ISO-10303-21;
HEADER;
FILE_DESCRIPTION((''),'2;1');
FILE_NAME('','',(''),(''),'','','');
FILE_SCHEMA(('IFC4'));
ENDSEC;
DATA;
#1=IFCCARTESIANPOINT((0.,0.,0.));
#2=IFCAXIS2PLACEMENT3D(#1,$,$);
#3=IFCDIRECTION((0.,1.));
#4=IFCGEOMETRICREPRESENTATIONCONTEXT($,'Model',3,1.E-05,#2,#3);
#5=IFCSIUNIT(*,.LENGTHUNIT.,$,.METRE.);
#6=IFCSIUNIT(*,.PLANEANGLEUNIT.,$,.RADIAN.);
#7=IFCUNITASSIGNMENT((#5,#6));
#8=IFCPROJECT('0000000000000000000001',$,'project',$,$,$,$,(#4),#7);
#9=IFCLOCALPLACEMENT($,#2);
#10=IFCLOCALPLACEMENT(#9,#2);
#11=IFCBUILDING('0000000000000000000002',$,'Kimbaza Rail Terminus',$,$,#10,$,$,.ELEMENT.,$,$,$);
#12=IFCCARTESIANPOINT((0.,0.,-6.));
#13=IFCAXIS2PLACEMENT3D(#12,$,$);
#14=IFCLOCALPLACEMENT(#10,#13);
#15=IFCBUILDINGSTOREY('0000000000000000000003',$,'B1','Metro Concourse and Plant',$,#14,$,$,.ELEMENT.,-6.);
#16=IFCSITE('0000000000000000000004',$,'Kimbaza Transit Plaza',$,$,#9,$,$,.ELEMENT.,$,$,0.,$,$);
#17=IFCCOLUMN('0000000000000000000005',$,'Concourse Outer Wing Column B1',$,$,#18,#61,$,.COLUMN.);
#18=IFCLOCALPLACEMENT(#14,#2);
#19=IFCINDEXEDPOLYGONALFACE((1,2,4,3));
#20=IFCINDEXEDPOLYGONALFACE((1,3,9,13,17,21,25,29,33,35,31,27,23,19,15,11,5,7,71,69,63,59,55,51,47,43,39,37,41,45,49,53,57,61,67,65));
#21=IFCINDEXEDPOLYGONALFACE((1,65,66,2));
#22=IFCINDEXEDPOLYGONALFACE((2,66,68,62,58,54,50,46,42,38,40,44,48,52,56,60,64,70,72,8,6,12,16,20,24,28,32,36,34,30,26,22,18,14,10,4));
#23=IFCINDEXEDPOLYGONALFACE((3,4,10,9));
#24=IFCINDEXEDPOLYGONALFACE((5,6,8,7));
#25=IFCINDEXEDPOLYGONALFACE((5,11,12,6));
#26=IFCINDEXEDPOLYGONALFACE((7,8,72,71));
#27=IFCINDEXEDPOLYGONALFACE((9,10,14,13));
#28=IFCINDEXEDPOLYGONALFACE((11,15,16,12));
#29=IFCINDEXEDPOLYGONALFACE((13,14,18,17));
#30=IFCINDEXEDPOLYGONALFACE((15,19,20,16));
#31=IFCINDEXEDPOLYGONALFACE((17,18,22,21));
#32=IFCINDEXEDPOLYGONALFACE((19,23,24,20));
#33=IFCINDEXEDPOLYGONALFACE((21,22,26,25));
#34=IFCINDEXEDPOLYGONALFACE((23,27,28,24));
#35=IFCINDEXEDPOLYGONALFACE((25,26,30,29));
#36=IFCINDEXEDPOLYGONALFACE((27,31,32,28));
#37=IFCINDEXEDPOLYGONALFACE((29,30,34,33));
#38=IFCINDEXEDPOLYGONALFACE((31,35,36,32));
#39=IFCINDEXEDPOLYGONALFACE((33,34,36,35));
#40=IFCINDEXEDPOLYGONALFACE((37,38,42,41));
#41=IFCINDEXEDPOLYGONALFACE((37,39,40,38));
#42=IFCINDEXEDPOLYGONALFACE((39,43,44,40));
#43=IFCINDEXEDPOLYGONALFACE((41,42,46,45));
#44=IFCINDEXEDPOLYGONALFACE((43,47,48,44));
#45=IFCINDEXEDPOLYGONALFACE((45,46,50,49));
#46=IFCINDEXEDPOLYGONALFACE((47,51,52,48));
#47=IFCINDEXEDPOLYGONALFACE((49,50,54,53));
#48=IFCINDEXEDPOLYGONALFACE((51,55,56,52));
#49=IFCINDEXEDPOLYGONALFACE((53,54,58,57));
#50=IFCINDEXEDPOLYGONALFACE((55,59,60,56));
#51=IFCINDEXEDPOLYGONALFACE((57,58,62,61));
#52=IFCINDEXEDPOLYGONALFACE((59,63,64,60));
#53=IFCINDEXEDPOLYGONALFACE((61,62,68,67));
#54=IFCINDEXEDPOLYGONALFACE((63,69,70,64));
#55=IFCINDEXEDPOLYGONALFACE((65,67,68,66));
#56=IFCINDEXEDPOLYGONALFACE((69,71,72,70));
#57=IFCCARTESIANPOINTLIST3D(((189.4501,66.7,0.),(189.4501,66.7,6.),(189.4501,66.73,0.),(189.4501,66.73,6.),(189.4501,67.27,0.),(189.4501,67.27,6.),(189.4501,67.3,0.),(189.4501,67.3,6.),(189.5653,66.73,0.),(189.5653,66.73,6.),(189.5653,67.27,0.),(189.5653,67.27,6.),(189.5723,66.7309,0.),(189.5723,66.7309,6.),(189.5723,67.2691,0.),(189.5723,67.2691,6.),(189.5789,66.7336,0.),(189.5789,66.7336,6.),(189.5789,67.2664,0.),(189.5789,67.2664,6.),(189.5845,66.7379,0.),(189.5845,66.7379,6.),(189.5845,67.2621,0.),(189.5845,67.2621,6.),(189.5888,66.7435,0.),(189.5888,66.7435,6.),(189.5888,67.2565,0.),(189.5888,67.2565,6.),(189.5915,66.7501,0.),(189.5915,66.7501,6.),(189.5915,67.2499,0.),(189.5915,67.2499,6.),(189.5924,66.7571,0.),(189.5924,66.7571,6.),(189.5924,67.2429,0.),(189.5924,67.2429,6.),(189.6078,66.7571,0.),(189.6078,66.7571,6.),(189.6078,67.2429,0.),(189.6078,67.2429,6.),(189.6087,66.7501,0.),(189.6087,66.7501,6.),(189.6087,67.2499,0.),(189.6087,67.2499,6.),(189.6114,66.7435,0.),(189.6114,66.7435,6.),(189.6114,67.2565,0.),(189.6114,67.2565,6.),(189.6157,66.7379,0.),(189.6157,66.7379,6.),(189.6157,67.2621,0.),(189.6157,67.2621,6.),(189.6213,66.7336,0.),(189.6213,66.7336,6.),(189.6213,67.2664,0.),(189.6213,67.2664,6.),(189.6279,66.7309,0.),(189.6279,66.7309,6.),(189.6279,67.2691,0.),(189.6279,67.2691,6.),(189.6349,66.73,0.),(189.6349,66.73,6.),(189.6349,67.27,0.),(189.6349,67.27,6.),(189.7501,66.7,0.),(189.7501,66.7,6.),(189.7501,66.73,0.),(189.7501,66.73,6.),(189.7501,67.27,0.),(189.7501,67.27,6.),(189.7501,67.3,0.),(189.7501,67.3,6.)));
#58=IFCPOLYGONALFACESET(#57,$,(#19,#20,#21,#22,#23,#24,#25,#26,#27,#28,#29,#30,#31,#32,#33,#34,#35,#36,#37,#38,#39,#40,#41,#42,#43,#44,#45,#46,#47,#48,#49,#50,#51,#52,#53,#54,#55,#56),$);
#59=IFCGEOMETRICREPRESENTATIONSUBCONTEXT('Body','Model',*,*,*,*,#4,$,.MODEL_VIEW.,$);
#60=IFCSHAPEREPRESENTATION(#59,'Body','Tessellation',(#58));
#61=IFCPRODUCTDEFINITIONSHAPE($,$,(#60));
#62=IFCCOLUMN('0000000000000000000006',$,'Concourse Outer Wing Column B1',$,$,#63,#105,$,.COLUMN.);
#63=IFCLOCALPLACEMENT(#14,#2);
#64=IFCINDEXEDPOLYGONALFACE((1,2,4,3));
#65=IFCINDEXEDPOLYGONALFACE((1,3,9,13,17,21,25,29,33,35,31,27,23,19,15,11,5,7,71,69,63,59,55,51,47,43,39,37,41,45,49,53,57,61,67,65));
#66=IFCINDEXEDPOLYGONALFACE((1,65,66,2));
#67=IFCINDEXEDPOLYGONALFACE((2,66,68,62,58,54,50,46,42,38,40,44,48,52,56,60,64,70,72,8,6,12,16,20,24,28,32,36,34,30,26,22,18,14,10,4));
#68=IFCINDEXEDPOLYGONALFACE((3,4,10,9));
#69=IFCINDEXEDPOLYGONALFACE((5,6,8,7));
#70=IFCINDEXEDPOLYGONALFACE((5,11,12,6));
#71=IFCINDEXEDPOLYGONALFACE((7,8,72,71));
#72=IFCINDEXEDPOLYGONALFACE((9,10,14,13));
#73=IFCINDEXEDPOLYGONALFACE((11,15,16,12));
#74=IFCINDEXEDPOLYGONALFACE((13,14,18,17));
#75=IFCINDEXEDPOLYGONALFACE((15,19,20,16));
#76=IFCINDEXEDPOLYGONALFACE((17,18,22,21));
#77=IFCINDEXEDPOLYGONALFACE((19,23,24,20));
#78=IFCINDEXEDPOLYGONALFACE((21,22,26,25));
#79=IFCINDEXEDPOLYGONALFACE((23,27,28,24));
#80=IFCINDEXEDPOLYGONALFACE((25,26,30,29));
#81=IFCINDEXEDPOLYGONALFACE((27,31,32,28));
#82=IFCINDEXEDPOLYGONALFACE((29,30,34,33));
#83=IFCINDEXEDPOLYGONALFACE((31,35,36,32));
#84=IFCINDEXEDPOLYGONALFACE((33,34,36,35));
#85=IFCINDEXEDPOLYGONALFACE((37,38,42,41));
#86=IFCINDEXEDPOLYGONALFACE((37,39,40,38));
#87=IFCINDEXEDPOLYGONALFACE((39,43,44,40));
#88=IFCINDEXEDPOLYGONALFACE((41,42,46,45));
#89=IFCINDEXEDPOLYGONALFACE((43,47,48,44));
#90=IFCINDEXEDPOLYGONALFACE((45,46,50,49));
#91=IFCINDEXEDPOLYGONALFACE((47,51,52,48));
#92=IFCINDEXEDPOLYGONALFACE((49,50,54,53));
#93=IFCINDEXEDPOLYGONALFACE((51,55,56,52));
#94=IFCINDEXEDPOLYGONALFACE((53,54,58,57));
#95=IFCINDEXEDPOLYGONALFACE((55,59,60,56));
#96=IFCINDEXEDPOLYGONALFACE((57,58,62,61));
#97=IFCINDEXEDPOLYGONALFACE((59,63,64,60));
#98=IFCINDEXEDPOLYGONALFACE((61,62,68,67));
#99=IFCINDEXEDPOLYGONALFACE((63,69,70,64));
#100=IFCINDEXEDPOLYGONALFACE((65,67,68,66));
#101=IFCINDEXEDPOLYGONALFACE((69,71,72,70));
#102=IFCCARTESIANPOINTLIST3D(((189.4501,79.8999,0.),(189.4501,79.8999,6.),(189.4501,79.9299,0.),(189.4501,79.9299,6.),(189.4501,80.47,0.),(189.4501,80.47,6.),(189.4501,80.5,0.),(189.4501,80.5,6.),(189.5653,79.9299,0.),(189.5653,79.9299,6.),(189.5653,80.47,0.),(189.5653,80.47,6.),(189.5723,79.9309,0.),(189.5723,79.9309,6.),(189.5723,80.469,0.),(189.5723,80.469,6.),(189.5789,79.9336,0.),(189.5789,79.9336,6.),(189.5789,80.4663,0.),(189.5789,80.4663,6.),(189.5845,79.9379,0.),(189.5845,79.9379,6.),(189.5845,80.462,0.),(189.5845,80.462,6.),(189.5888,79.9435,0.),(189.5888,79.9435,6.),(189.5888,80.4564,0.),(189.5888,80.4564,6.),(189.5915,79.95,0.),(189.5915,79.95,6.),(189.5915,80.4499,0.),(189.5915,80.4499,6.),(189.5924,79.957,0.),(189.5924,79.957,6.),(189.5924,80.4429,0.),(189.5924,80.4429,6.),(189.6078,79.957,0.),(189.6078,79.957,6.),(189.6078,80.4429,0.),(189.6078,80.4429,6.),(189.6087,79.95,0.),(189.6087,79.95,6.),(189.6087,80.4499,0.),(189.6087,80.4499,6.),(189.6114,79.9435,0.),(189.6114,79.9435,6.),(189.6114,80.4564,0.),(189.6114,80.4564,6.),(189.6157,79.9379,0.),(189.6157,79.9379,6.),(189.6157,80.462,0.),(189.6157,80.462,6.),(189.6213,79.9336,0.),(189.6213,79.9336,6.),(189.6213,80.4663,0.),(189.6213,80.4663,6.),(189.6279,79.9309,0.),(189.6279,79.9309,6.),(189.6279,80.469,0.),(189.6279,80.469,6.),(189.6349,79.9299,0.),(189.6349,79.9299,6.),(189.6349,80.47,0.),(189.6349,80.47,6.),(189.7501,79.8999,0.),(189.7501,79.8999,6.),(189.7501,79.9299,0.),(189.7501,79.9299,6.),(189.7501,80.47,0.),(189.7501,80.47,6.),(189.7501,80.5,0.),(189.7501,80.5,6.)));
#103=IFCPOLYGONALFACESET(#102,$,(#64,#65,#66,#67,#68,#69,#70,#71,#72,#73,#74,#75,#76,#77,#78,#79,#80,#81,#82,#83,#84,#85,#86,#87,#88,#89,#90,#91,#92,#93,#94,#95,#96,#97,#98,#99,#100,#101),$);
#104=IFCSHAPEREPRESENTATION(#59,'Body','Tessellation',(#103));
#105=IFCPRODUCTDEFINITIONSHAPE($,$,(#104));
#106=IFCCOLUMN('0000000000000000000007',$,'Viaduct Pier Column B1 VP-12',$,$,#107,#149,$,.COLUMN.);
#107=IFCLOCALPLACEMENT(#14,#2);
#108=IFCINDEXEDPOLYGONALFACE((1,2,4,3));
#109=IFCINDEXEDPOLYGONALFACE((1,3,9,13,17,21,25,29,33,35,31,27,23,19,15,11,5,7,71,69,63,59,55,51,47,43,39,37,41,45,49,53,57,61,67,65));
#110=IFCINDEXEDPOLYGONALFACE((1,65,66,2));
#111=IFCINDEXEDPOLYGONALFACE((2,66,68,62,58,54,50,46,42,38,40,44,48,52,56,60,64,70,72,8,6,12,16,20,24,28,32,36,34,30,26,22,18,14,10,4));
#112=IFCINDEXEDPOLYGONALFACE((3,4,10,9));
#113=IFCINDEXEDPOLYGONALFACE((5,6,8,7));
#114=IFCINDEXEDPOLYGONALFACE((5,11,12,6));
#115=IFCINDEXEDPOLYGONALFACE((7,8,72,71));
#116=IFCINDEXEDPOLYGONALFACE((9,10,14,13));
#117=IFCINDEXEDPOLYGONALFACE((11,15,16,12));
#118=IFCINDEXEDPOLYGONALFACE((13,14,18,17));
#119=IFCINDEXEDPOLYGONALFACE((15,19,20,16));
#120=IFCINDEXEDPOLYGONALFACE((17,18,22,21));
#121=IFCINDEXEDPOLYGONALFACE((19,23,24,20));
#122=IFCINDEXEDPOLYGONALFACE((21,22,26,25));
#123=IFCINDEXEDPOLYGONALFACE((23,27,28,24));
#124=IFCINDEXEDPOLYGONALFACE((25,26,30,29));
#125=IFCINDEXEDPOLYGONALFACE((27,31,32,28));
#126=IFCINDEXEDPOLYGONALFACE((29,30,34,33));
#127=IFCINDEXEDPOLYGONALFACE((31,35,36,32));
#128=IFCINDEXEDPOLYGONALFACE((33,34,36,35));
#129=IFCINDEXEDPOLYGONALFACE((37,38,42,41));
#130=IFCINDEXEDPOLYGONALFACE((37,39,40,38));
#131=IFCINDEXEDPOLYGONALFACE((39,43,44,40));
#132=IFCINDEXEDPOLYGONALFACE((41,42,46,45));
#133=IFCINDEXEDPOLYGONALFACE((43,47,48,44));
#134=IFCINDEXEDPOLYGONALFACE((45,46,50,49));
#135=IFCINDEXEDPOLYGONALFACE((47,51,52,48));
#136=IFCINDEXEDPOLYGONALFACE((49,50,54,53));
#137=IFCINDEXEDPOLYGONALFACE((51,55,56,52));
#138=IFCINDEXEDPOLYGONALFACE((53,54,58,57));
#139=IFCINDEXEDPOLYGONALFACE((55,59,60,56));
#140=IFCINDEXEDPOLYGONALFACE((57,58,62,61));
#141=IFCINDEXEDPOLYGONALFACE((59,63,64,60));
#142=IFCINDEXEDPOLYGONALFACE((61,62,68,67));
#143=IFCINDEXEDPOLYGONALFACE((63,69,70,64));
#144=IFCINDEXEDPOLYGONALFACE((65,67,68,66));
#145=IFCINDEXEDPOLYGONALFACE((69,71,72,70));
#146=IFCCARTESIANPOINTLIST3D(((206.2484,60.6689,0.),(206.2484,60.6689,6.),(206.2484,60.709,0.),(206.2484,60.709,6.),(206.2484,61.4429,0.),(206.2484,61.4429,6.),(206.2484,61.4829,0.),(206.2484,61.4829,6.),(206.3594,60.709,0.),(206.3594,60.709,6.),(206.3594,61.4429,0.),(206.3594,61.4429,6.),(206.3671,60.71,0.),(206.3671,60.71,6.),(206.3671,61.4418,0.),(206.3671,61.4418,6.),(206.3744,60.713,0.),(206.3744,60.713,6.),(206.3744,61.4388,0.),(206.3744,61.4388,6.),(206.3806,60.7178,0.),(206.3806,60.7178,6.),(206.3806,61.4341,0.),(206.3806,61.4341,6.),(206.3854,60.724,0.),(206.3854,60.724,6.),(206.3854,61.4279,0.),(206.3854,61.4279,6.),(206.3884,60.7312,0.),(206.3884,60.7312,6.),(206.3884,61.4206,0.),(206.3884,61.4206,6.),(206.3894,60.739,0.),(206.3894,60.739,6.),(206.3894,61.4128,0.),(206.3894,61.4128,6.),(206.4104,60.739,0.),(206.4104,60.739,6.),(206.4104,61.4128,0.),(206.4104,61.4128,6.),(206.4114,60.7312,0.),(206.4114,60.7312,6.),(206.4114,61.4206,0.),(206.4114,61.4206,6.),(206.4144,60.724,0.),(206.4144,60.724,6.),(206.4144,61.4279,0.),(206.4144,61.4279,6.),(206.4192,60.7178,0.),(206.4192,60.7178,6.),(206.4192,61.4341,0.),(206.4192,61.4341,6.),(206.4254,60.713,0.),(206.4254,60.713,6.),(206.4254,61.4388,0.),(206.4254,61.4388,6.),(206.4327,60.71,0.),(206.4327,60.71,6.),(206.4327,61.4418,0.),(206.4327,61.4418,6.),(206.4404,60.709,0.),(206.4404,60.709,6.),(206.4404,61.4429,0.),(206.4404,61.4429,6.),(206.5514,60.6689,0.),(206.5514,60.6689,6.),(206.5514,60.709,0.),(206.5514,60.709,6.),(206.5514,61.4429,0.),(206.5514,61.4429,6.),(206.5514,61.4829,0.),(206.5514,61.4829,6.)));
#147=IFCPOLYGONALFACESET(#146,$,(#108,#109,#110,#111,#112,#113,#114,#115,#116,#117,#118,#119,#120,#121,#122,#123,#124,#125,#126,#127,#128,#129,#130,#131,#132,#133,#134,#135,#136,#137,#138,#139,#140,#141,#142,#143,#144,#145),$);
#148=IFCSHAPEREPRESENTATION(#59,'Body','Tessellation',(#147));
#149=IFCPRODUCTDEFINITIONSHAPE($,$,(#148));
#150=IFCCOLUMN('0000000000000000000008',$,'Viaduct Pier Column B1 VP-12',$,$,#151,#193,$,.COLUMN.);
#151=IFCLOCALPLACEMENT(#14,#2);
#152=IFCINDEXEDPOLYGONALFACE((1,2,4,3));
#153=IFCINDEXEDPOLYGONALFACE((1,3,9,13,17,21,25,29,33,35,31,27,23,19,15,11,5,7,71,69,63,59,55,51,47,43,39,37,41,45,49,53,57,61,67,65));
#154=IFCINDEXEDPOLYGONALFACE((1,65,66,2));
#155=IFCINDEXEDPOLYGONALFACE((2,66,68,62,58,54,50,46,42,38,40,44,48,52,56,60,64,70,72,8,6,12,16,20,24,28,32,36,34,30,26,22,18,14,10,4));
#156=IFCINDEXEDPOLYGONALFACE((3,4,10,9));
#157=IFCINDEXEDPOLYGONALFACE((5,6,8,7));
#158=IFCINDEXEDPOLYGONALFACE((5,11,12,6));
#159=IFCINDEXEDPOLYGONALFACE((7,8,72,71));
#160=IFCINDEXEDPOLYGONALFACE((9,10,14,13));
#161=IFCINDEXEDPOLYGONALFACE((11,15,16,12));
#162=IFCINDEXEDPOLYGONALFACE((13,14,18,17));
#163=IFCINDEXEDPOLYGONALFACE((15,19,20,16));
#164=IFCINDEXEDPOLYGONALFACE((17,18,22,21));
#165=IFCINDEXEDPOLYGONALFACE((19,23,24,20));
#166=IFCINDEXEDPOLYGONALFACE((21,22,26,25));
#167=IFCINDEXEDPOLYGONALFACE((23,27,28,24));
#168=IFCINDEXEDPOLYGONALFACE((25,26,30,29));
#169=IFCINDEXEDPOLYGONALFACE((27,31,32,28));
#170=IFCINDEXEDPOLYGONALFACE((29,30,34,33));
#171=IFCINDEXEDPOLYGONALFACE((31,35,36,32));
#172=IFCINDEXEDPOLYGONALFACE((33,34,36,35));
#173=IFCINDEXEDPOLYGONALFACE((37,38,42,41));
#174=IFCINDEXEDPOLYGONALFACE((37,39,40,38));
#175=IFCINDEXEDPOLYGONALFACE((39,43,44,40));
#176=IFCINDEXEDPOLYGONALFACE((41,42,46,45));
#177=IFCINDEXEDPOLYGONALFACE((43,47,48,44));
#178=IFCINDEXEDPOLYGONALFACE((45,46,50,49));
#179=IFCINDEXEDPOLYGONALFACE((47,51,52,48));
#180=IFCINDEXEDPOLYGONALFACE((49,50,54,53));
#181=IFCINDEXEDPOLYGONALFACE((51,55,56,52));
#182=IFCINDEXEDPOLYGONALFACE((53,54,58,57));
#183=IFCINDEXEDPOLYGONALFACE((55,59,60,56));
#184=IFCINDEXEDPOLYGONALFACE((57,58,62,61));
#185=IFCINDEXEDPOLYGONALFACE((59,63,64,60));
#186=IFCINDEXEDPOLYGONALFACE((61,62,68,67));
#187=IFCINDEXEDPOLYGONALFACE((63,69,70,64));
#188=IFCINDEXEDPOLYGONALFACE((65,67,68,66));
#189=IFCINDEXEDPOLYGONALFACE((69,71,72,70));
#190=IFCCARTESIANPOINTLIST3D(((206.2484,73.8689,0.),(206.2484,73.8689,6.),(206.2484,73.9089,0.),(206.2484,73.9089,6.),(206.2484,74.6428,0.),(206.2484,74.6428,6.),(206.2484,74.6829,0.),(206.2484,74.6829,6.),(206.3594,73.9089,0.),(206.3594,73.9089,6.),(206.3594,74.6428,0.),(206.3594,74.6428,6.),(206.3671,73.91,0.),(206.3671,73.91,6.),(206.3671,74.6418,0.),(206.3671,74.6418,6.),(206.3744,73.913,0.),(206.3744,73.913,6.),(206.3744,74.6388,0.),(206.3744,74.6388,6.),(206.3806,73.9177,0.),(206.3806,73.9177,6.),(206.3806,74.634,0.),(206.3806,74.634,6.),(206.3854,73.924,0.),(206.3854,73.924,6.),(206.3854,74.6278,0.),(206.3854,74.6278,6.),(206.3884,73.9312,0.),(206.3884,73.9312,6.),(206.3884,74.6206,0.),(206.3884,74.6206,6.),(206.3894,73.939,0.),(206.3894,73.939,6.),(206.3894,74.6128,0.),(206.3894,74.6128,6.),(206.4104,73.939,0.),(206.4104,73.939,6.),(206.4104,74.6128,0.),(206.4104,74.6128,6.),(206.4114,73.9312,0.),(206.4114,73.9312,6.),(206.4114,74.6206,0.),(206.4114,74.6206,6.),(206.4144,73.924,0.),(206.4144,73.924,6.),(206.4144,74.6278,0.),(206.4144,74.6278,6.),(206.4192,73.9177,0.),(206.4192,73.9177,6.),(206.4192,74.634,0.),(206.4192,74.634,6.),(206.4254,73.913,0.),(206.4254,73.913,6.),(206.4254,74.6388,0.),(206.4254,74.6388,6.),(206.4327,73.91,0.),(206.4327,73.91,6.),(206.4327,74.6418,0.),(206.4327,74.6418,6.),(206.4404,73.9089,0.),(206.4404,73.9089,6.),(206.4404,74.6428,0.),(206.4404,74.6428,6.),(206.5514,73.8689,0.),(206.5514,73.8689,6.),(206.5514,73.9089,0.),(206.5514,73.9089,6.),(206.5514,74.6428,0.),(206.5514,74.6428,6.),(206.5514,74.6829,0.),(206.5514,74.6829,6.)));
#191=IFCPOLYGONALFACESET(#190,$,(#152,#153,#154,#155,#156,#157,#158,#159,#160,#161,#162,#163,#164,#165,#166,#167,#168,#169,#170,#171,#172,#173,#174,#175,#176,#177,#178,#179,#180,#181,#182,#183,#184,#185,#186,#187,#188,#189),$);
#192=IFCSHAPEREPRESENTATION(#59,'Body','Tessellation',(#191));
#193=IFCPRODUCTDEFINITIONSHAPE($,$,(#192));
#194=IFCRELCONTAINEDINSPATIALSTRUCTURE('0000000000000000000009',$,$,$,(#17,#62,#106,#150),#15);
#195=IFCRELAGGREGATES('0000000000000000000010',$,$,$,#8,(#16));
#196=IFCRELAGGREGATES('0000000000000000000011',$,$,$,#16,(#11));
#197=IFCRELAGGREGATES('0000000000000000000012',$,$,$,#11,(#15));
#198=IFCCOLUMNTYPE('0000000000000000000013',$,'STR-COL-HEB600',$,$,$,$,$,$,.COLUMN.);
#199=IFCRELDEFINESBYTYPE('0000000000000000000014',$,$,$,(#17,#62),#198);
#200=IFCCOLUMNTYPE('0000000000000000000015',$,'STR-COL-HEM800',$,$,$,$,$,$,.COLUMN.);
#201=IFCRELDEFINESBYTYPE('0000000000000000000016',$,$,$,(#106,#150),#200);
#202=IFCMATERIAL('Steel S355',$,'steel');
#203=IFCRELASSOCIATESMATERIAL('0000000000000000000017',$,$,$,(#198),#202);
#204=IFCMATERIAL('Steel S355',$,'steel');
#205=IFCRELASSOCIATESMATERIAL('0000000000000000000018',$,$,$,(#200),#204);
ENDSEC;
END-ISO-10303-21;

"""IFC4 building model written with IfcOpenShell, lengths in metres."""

from ifc_helpers import new_model, si_unit, direction, frame, origin, origin_2d, place, context, subcontext, project, spatial, i_section, extrude, material, material_profile, profile_set, type_object, element, save


model = new_model("IFC4")

# Units and contexts
model_context = context("Model", 3, precision=1e-05, world=origin(), true_north=direction((0.0, 1.0)))
body_context = subcontext(model_context, "Body", "Model", "MODEL_VIEW")
ifc_project = project(units=[si_unit("LENGTHUNIT", "METRE"), si_unit("PLANEANGLEUNIT", "RADIAN")], contexts=[model_context])

# Site, building, storey
site_placement = place(None, origin())
site = spatial("IfcSite", under=ifc_project, at=site_placement, Name="Kimbaza Transit Plaza", CompositionType="ELEMENT", RefElevation=0.0)
building_placement = place(site_placement, origin())
building = spatial("IfcBuilding", under=site, at=building_placement, Name="Kimbaza Rail Terminus", CompositionType="ELEMENT")
storey_placement = place(building_placement, frame((0.0, 0.0, -6.0)))
storey = spatial("IfcBuildingStorey", under=building, at=storey_placement, Name="B1", Description="Metro Concourse and Plant", CompositionType="ELEMENT", Elevation=-6.0)

# Columns
ifc_material_1 = material(Name="Steel S355", Category="steel")
ifc_material_profile_1 = material_profile(ifc_material_1, i_section(OverallWidth=0.3, OverallDepth=0.6001, WebThickness=0.0154, FlangeThickness=0.03, FilletRadius=0.0271, at=origin_2d()), Name="HEB 600")
ifc_profile_set_1 = profile_set([ifc_material_profile_1], Name="Steel S355")
column_type_1 = type_object("IfcColumnType", Name="STR-COL-HEB600", PredefinedType="COLUMN", material=ifc_profile_set_1)
for number, where, z_axis, x_axis, name in (
    (1, (189.6001, 67.0, 0.0), (0.0, 0.0, 1.0), (1.0, 0.0, 0.0), "Concourse Outer Wing Column B1"),
    (2, (189.6001, 80.2, 0.0), (0.0, 0.0, 1.0), (1.0, 0.0, 0.0), "Concourse Outer Wing Column B1"),
):
    element("IfcColumn", number, at=place(storey_placement, frame(where, z_axis=z_axis, x_axis=x_axis)), inside=storey, type_object=column_type_1, Name=name, PredefinedType="COLUMN", context=body_context, shape_type="SweptSolid", body=[
        extrude(i_section(OverallWidth=0.3, OverallDepth=0.6001, WebThickness=0.0154, FlangeThickness=0.03, FilletRadius=0.0271, at=origin_2d()), origin(), (0.0, 0.0, 1.0), 6.0),
    ])
ifc_material_2 = material(Name="Steel S355", Category="steel")
ifc_material_profile_2 = material_profile(ifc_material_2, i_section(OverallWidth=0.303, OverallDepth=0.814, WebThickness=0.021, FlangeThickness=0.04, FilletRadius=0.03, at=origin_2d()), Name="HEM 800")
ifc_profile_set_2 = profile_set([ifc_material_profile_2], Name="Steel S355")
column_type_2 = type_object("IfcColumnType", Name="STR-COL-HEM800", PredefinedType="COLUMN", material=ifc_profile_set_2)
for number, where, z_axis, x_axis, name in (
    (3, (206.3999, 61.0759, 0.0), (0.0, 0.0, 1.0), (1.0, 0.0, 0.0), "Viaduct Pier Column B1 VP-12"),
    (4, (206.3999, 74.2759, 0.0), (0.0, 0.0, 1.0), (1.0, 0.0, 0.0), "Viaduct Pier Column B1 VP-12"),
):
    element("IfcColumn", number, at=place(storey_placement, frame(where, z_axis=z_axis, x_axis=x_axis)), inside=storey, type_object=column_type_2, Name=name, PredefinedType="COLUMN", context=body_context, shape_type="SweptSolid", body=[
        extrude(i_section(OverallWidth=0.303, OverallDepth=0.814, WebThickness=0.021, FlangeThickness=0.04, FilletRadius=0.03, at=origin_2d()), origin(), (0.0, 0.0, 1.0), 6.0),
    ])

save(model, "model.ifc")
